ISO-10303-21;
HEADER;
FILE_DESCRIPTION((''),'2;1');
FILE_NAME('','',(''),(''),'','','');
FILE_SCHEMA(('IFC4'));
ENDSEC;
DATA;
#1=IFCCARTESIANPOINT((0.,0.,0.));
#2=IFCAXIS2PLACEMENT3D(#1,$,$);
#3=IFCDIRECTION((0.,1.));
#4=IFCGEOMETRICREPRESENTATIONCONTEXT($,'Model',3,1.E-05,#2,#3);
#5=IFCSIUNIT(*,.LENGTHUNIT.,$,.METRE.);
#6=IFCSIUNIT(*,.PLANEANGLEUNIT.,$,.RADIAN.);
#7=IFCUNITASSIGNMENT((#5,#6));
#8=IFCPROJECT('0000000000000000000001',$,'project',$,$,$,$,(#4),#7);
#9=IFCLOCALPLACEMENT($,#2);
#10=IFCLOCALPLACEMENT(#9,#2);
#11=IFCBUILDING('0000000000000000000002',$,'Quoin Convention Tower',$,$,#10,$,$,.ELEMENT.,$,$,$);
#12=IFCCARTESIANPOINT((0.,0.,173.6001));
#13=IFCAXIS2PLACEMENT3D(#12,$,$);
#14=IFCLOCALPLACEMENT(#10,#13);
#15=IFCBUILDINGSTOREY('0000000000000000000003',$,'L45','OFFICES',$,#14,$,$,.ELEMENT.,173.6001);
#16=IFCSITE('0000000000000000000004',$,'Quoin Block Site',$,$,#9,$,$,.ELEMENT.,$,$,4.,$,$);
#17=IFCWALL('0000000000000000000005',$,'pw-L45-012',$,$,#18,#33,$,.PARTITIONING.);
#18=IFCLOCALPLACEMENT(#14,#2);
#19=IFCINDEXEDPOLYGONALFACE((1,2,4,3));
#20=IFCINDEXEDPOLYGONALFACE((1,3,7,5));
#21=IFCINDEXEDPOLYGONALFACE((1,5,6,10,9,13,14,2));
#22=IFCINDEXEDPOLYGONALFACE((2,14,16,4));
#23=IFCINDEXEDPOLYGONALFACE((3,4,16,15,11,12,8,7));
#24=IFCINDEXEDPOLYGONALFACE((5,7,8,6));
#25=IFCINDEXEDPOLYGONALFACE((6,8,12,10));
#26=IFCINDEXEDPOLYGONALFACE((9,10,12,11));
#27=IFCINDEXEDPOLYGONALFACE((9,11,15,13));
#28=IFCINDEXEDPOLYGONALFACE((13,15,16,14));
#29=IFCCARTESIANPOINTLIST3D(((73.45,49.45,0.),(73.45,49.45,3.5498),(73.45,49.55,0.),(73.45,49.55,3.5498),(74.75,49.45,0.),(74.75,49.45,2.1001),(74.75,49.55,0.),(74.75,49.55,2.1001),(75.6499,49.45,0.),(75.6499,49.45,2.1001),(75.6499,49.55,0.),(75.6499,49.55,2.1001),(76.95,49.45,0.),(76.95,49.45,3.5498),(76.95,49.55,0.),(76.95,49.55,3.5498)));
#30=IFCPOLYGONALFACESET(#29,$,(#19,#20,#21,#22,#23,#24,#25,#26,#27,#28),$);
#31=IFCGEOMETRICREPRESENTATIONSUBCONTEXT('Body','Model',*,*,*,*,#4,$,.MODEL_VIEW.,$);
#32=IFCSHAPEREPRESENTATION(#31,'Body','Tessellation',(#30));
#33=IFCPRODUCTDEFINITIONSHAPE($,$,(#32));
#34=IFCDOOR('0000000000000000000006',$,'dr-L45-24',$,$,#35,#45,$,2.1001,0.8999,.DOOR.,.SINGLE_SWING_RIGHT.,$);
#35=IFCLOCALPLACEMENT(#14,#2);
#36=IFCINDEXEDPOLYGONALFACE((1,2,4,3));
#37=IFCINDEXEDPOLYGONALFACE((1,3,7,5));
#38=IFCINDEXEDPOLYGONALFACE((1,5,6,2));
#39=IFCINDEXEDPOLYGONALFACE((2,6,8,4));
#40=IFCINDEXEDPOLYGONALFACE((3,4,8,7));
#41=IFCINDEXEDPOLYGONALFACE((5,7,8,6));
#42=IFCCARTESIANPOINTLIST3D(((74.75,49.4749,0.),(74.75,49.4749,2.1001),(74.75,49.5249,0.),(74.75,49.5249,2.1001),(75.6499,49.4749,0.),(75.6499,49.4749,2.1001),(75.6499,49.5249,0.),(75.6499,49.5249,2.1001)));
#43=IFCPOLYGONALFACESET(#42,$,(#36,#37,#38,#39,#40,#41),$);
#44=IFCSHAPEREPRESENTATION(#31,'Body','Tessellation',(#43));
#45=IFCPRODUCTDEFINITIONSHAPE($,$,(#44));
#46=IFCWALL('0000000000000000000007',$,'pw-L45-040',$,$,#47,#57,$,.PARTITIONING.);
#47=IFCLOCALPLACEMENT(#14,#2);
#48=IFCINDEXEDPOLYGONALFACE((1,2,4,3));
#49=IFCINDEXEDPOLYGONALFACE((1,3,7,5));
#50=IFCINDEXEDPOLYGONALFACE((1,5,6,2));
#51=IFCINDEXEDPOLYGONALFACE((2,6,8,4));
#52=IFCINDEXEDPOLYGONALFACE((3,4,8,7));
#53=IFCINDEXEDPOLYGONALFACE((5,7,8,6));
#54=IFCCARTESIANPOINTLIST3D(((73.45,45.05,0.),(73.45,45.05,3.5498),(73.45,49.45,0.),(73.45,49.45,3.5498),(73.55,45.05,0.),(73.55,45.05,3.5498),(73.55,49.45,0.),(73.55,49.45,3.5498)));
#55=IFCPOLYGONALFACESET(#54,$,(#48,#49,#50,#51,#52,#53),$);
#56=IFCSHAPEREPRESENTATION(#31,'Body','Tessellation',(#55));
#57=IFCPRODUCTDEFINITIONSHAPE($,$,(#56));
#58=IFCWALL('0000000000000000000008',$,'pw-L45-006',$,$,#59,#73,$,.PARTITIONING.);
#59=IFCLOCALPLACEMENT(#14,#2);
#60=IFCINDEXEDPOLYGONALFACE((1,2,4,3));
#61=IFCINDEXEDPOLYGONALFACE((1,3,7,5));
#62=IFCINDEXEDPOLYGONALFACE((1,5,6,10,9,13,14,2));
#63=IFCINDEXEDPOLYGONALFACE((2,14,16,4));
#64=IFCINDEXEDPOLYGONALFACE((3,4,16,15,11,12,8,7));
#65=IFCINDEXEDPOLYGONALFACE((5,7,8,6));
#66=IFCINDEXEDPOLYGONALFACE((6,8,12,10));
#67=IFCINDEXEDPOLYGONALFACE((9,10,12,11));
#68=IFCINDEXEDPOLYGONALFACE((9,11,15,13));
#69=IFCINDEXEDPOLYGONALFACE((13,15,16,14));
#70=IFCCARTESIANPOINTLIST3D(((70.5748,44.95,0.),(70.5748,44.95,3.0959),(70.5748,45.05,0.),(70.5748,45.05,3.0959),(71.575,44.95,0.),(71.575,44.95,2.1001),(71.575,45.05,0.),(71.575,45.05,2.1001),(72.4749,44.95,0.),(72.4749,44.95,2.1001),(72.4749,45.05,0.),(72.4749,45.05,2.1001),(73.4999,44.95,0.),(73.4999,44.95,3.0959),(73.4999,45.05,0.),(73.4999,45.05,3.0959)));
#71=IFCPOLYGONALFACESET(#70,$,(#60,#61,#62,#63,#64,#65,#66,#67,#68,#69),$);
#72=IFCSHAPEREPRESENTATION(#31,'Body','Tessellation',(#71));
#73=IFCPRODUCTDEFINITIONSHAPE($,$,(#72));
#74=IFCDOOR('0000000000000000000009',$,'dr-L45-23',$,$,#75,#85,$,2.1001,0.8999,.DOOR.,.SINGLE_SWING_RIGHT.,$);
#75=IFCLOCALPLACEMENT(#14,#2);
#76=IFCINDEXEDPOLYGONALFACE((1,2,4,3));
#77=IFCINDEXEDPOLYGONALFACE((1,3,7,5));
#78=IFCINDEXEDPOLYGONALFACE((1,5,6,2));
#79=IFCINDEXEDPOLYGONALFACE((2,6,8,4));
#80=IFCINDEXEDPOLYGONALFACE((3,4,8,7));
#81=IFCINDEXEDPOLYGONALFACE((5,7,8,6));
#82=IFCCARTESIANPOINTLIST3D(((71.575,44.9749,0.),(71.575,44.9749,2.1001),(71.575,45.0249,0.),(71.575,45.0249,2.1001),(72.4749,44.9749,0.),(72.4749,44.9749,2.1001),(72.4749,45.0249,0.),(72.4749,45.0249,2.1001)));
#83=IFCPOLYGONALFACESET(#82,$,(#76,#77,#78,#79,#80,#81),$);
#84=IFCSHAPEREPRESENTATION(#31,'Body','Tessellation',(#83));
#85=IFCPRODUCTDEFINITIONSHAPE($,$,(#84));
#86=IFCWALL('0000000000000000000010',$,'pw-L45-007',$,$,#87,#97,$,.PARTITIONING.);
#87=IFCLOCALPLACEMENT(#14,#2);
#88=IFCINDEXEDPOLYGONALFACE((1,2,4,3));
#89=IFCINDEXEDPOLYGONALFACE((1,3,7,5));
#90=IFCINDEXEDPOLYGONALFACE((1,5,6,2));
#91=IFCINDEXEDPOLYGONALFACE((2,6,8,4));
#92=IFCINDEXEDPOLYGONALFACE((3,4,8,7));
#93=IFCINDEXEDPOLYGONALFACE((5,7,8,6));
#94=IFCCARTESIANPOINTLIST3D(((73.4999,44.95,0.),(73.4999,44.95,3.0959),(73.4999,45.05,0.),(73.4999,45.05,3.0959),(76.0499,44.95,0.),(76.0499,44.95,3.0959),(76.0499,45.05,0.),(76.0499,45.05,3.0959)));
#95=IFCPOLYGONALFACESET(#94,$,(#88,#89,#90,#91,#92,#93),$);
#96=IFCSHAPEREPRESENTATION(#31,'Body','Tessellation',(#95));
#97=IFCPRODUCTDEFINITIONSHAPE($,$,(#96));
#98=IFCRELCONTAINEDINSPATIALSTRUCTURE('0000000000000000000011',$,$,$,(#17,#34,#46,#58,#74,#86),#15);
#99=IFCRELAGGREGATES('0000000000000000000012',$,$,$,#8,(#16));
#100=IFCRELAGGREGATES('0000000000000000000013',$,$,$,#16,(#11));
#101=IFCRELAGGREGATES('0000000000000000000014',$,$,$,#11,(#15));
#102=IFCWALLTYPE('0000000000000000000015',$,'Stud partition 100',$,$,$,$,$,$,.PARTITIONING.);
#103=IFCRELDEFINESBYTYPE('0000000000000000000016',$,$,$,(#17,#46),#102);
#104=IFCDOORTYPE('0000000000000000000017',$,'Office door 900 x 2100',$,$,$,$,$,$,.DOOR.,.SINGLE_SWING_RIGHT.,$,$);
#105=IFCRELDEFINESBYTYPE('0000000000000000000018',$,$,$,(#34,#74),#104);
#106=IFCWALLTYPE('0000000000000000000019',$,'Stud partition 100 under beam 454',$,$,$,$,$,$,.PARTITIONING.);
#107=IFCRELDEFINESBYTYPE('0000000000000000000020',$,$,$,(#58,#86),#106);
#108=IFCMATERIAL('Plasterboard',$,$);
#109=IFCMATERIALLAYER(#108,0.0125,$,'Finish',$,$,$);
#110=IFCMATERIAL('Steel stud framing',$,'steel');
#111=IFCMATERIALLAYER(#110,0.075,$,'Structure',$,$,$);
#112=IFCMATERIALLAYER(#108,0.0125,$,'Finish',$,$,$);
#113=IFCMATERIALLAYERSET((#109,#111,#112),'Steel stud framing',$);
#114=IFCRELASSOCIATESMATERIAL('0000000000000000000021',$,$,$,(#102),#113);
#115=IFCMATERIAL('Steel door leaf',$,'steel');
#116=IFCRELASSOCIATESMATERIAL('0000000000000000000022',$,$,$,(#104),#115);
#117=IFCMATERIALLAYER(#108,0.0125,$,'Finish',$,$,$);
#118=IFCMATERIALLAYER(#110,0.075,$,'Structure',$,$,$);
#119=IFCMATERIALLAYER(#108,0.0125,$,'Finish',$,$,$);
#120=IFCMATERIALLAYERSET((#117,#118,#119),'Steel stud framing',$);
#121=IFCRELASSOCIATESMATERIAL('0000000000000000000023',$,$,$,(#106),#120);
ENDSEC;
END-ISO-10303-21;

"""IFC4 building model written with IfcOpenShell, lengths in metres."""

from ifc_helpers import new_model, si_unit, direction, frame, frame_2d, origin, place, context, subcontext, project, spatial, rectangle, extrude, material, layer, layer_set, type_object, element, fill, save


model = new_model("IFC4")

# Units and contexts
model_context = context("Model", 3, precision=1e-05, world=origin(), true_north=direction((0.0, 1.0)))
body_context = subcontext(model_context, "Body", "Model", "MODEL_VIEW")
ifc_project = project(units=[si_unit("LENGTHUNIT", "METRE"), si_unit("PLANEANGLEUNIT", "RADIAN")], contexts=[model_context])

# Site, building, storey
site_placement = place(None, origin())
site = spatial("IfcSite", under=ifc_project, at=site_placement, Name="Quoin Block Site", CompositionType="ELEMENT", RefElevation=4.0)
building_placement = place(site_placement, origin())
building = spatial("IfcBuilding", under=site, at=building_placement, Name="Quoin Convention Tower", CompositionType="ELEMENT")
storey_placement = place(building_placement, frame((0.0, 0.0, 173.6001)))
storey = spatial("IfcBuildingStorey", under=building, at=storey_placement, Name="L45", Description="OFFICES", CompositionType="ELEMENT", Elevation=173.6001)

# Shared definitions
ifc_material_1 = material(Name="Plasterboard")
ifc_material_2 = material(Name="Steel stud framing", Category="steel")

# Wall, opening, door
ifc_material_3 = material(Name="Steel door leaf", Category="steel")
ifc_layer_1 = layer(ifc_material_1, 0.0125, Name="Finish")
ifc_layer_2 = layer(ifc_material_2, 0.075, Name="Structure")
ifc_layer_3 = layer(ifc_material_1, 0.0125, Name="Finish")
ifc_layer_set_1 = layer_set([ifc_layer_1, ifc_layer_2, ifc_layer_3], Name="Steel stud framing")
wall_type_1 = type_object("IfcWallType", Name="Stud partition 100", PredefinedType="PARTITIONING", material=ifc_layer_set_1)
wall_1_placement = place(storey_placement, frame((73.45, 49.5, 0.0), z_axis=(0.0, 0.0, 1.0), x_axis=(1.0, 0.0, 0.0)))
wall_1 = element("IfcWall", 1, at=wall_1_placement, inside=storey, type_object=wall_type_1, Name="pw-L45-012", PredefinedType="PARTITIONING", context=body_context, shape_type="SweptSolid", body=[
    extrude(rectangle(XDim=3.5, YDim=0.1001, at=frame_2d((1.75, 0.0))), origin(), (0.0, 0.0, 1.0), 3.5498),
])
opening_1_placement = place(wall_1_placement, frame((1.3, 0.0, 0.0)))
opening_1 = element("IfcOpeningElement", 2, at=opening_1_placement, cuts=wall_1, PredefinedType="OPENING", context=body_context, shape_type="SweptSolid", body=[
    extrude(rectangle(XDim=0.8999, YDim=2.1001, at=frame_2d((0.45, 1.05))), frame((0.0, 0.0601, 0.0), z_axis=(0.0, -1.0, 0.0), x_axis=(1.0, 0.0, 0.0)), (0.0, 0.0, 1.0), 0.1201),
])
door_type_1 = type_object("IfcDoorType", Name="Office door 900 x 2100", OperationType="SINGLE_SWING_RIGHT", PredefinedType="DOOR", material=ifc_material_3)
door_1_placement = place(opening_1_placement, origin())
door_1 = element("IfcDoor", 3, at=door_1_placement, inside=storey, type_object=door_type_1, Name="dr-L45-24", OperationType="SINGLE_SWING_RIGHT", OverallHeight=2.1001, OverallWidth=0.8999, PredefinedType="DOOR", context=body_context, shape_type="SweptSolid", body=[
    extrude(rectangle(XDim=0.8999, YDim=2.1001, at=frame_2d((0.45, 1.05))), frame((0.0, 0.0249, 0.0), z_axis=(0.0, -1.0, 0.0), x_axis=(1.0, 0.0, 0.0)), (0.0, 0.0, 1.0), 0.05),
])
fill(opening_1, door_1)

# Wall
wall_2_placement = place(storey_placement, frame((73.5, 45.05, 0.0), z_axis=(0.0, 0.0, 1.0), x_axis=(0.0, 1.0, 0.0)))
element("IfcWall", 4, at=wall_2_placement, inside=storey, type_object=wall_type_1, Name="pw-L45-040", PredefinedType="PARTITIONING", context=body_context, shape_type="SweptSolid", body=[
    extrude(rectangle(XDim=4.3999, YDim=0.1001, at=frame_2d((2.2, 0.0))), origin(), (0.0, 0.0, 1.0), 3.5498),
])

# Wall, opening, door
ifc_layer_4 = layer(ifc_material_1, 0.0125, Name="Finish")
ifc_layer_5 = layer(ifc_material_2, 0.075, Name="Structure")
ifc_layer_6 = layer(ifc_material_1, 0.0125, Name="Finish")
ifc_layer_set_2 = layer_set([ifc_layer_4, ifc_layer_5, ifc_layer_6], Name="Steel stud framing")
wall_type_2 = type_object("IfcWallType", Name="Stud partition 100 under beam 454", PredefinedType="PARTITIONING", material=ifc_layer_set_2)
wall_3_placement = place(storey_placement, frame((70.575, 45.0, 0.0), z_axis=(0.0, 0.0, 1.0), x_axis=(1.0, 0.0, 0.0)))
wall_3 = element("IfcWall", 5, at=wall_3_placement, inside=storey, type_object=wall_type_2, Name="pw-L45-006", PredefinedType="PARTITIONING", context=body_context, shape_type="SweptSolid", body=[
    extrude(rectangle(XDim=2.925, YDim=0.1001, at=frame_2d((1.4624, 0.0))), origin(), (0.0, 0.0, 1.0), 3.0959),
])
opening_2_placement = place(wall_3_placement, frame((1.0, 0.0, 0.0)))
opening_2 = element("IfcOpeningElement", 6, at=opening_2_placement, cuts=wall_3, PredefinedType="OPENING", context=body_context, shape_type="SweptSolid", body=[
    extrude(rectangle(XDim=0.8999, YDim=2.1001, at=frame_2d((0.45, 1.05))), frame((0.0, 0.0601, 0.0), z_axis=(0.0, -1.0, 0.0), x_axis=(1.0, 0.0, 0.0)), (0.0, 0.0, 1.0), 0.1201),
])
door_2_placement = place(opening_2_placement, origin())
door_2 = element("IfcDoor", 7, at=door_2_placement, inside=storey, type_object=door_type_1, Name="dr-L45-23", OperationType="SINGLE_SWING_RIGHT", OverallHeight=2.1001, OverallWidth=0.8999, PredefinedType="DOOR", context=body_context, shape_type="SweptSolid", body=[
    extrude(rectangle(XDim=0.8999, YDim=2.1001, at=frame_2d((0.45, 1.05))), frame((0.0, 0.0249, 0.0), z_axis=(0.0, -1.0, 0.0), x_axis=(1.0, 0.0, 0.0)), (0.0, 0.0, 1.0), 0.05),
])
fill(opening_2, door_2)

# Wall
wall_4_placement = place(storey_placement, frame((73.5, 45.0, 0.0), z_axis=(0.0, 0.0, 1.0), x_axis=(1.0, 0.0, 0.0)))
element("IfcWall", 8, at=wall_4_placement, inside=storey, type_object=wall_type_2, Name="pw-L45-007", PredefinedType="PARTITIONING", context=body_context, shape_type="SweptSolid", body=[
    extrude(rectangle(XDim=2.55, YDim=0.1001, at=frame_2d((1.2749, 0.0))), origin(), (0.0, 0.0, 1.0), 3.0959),
])

save(model, "model.ifc")
